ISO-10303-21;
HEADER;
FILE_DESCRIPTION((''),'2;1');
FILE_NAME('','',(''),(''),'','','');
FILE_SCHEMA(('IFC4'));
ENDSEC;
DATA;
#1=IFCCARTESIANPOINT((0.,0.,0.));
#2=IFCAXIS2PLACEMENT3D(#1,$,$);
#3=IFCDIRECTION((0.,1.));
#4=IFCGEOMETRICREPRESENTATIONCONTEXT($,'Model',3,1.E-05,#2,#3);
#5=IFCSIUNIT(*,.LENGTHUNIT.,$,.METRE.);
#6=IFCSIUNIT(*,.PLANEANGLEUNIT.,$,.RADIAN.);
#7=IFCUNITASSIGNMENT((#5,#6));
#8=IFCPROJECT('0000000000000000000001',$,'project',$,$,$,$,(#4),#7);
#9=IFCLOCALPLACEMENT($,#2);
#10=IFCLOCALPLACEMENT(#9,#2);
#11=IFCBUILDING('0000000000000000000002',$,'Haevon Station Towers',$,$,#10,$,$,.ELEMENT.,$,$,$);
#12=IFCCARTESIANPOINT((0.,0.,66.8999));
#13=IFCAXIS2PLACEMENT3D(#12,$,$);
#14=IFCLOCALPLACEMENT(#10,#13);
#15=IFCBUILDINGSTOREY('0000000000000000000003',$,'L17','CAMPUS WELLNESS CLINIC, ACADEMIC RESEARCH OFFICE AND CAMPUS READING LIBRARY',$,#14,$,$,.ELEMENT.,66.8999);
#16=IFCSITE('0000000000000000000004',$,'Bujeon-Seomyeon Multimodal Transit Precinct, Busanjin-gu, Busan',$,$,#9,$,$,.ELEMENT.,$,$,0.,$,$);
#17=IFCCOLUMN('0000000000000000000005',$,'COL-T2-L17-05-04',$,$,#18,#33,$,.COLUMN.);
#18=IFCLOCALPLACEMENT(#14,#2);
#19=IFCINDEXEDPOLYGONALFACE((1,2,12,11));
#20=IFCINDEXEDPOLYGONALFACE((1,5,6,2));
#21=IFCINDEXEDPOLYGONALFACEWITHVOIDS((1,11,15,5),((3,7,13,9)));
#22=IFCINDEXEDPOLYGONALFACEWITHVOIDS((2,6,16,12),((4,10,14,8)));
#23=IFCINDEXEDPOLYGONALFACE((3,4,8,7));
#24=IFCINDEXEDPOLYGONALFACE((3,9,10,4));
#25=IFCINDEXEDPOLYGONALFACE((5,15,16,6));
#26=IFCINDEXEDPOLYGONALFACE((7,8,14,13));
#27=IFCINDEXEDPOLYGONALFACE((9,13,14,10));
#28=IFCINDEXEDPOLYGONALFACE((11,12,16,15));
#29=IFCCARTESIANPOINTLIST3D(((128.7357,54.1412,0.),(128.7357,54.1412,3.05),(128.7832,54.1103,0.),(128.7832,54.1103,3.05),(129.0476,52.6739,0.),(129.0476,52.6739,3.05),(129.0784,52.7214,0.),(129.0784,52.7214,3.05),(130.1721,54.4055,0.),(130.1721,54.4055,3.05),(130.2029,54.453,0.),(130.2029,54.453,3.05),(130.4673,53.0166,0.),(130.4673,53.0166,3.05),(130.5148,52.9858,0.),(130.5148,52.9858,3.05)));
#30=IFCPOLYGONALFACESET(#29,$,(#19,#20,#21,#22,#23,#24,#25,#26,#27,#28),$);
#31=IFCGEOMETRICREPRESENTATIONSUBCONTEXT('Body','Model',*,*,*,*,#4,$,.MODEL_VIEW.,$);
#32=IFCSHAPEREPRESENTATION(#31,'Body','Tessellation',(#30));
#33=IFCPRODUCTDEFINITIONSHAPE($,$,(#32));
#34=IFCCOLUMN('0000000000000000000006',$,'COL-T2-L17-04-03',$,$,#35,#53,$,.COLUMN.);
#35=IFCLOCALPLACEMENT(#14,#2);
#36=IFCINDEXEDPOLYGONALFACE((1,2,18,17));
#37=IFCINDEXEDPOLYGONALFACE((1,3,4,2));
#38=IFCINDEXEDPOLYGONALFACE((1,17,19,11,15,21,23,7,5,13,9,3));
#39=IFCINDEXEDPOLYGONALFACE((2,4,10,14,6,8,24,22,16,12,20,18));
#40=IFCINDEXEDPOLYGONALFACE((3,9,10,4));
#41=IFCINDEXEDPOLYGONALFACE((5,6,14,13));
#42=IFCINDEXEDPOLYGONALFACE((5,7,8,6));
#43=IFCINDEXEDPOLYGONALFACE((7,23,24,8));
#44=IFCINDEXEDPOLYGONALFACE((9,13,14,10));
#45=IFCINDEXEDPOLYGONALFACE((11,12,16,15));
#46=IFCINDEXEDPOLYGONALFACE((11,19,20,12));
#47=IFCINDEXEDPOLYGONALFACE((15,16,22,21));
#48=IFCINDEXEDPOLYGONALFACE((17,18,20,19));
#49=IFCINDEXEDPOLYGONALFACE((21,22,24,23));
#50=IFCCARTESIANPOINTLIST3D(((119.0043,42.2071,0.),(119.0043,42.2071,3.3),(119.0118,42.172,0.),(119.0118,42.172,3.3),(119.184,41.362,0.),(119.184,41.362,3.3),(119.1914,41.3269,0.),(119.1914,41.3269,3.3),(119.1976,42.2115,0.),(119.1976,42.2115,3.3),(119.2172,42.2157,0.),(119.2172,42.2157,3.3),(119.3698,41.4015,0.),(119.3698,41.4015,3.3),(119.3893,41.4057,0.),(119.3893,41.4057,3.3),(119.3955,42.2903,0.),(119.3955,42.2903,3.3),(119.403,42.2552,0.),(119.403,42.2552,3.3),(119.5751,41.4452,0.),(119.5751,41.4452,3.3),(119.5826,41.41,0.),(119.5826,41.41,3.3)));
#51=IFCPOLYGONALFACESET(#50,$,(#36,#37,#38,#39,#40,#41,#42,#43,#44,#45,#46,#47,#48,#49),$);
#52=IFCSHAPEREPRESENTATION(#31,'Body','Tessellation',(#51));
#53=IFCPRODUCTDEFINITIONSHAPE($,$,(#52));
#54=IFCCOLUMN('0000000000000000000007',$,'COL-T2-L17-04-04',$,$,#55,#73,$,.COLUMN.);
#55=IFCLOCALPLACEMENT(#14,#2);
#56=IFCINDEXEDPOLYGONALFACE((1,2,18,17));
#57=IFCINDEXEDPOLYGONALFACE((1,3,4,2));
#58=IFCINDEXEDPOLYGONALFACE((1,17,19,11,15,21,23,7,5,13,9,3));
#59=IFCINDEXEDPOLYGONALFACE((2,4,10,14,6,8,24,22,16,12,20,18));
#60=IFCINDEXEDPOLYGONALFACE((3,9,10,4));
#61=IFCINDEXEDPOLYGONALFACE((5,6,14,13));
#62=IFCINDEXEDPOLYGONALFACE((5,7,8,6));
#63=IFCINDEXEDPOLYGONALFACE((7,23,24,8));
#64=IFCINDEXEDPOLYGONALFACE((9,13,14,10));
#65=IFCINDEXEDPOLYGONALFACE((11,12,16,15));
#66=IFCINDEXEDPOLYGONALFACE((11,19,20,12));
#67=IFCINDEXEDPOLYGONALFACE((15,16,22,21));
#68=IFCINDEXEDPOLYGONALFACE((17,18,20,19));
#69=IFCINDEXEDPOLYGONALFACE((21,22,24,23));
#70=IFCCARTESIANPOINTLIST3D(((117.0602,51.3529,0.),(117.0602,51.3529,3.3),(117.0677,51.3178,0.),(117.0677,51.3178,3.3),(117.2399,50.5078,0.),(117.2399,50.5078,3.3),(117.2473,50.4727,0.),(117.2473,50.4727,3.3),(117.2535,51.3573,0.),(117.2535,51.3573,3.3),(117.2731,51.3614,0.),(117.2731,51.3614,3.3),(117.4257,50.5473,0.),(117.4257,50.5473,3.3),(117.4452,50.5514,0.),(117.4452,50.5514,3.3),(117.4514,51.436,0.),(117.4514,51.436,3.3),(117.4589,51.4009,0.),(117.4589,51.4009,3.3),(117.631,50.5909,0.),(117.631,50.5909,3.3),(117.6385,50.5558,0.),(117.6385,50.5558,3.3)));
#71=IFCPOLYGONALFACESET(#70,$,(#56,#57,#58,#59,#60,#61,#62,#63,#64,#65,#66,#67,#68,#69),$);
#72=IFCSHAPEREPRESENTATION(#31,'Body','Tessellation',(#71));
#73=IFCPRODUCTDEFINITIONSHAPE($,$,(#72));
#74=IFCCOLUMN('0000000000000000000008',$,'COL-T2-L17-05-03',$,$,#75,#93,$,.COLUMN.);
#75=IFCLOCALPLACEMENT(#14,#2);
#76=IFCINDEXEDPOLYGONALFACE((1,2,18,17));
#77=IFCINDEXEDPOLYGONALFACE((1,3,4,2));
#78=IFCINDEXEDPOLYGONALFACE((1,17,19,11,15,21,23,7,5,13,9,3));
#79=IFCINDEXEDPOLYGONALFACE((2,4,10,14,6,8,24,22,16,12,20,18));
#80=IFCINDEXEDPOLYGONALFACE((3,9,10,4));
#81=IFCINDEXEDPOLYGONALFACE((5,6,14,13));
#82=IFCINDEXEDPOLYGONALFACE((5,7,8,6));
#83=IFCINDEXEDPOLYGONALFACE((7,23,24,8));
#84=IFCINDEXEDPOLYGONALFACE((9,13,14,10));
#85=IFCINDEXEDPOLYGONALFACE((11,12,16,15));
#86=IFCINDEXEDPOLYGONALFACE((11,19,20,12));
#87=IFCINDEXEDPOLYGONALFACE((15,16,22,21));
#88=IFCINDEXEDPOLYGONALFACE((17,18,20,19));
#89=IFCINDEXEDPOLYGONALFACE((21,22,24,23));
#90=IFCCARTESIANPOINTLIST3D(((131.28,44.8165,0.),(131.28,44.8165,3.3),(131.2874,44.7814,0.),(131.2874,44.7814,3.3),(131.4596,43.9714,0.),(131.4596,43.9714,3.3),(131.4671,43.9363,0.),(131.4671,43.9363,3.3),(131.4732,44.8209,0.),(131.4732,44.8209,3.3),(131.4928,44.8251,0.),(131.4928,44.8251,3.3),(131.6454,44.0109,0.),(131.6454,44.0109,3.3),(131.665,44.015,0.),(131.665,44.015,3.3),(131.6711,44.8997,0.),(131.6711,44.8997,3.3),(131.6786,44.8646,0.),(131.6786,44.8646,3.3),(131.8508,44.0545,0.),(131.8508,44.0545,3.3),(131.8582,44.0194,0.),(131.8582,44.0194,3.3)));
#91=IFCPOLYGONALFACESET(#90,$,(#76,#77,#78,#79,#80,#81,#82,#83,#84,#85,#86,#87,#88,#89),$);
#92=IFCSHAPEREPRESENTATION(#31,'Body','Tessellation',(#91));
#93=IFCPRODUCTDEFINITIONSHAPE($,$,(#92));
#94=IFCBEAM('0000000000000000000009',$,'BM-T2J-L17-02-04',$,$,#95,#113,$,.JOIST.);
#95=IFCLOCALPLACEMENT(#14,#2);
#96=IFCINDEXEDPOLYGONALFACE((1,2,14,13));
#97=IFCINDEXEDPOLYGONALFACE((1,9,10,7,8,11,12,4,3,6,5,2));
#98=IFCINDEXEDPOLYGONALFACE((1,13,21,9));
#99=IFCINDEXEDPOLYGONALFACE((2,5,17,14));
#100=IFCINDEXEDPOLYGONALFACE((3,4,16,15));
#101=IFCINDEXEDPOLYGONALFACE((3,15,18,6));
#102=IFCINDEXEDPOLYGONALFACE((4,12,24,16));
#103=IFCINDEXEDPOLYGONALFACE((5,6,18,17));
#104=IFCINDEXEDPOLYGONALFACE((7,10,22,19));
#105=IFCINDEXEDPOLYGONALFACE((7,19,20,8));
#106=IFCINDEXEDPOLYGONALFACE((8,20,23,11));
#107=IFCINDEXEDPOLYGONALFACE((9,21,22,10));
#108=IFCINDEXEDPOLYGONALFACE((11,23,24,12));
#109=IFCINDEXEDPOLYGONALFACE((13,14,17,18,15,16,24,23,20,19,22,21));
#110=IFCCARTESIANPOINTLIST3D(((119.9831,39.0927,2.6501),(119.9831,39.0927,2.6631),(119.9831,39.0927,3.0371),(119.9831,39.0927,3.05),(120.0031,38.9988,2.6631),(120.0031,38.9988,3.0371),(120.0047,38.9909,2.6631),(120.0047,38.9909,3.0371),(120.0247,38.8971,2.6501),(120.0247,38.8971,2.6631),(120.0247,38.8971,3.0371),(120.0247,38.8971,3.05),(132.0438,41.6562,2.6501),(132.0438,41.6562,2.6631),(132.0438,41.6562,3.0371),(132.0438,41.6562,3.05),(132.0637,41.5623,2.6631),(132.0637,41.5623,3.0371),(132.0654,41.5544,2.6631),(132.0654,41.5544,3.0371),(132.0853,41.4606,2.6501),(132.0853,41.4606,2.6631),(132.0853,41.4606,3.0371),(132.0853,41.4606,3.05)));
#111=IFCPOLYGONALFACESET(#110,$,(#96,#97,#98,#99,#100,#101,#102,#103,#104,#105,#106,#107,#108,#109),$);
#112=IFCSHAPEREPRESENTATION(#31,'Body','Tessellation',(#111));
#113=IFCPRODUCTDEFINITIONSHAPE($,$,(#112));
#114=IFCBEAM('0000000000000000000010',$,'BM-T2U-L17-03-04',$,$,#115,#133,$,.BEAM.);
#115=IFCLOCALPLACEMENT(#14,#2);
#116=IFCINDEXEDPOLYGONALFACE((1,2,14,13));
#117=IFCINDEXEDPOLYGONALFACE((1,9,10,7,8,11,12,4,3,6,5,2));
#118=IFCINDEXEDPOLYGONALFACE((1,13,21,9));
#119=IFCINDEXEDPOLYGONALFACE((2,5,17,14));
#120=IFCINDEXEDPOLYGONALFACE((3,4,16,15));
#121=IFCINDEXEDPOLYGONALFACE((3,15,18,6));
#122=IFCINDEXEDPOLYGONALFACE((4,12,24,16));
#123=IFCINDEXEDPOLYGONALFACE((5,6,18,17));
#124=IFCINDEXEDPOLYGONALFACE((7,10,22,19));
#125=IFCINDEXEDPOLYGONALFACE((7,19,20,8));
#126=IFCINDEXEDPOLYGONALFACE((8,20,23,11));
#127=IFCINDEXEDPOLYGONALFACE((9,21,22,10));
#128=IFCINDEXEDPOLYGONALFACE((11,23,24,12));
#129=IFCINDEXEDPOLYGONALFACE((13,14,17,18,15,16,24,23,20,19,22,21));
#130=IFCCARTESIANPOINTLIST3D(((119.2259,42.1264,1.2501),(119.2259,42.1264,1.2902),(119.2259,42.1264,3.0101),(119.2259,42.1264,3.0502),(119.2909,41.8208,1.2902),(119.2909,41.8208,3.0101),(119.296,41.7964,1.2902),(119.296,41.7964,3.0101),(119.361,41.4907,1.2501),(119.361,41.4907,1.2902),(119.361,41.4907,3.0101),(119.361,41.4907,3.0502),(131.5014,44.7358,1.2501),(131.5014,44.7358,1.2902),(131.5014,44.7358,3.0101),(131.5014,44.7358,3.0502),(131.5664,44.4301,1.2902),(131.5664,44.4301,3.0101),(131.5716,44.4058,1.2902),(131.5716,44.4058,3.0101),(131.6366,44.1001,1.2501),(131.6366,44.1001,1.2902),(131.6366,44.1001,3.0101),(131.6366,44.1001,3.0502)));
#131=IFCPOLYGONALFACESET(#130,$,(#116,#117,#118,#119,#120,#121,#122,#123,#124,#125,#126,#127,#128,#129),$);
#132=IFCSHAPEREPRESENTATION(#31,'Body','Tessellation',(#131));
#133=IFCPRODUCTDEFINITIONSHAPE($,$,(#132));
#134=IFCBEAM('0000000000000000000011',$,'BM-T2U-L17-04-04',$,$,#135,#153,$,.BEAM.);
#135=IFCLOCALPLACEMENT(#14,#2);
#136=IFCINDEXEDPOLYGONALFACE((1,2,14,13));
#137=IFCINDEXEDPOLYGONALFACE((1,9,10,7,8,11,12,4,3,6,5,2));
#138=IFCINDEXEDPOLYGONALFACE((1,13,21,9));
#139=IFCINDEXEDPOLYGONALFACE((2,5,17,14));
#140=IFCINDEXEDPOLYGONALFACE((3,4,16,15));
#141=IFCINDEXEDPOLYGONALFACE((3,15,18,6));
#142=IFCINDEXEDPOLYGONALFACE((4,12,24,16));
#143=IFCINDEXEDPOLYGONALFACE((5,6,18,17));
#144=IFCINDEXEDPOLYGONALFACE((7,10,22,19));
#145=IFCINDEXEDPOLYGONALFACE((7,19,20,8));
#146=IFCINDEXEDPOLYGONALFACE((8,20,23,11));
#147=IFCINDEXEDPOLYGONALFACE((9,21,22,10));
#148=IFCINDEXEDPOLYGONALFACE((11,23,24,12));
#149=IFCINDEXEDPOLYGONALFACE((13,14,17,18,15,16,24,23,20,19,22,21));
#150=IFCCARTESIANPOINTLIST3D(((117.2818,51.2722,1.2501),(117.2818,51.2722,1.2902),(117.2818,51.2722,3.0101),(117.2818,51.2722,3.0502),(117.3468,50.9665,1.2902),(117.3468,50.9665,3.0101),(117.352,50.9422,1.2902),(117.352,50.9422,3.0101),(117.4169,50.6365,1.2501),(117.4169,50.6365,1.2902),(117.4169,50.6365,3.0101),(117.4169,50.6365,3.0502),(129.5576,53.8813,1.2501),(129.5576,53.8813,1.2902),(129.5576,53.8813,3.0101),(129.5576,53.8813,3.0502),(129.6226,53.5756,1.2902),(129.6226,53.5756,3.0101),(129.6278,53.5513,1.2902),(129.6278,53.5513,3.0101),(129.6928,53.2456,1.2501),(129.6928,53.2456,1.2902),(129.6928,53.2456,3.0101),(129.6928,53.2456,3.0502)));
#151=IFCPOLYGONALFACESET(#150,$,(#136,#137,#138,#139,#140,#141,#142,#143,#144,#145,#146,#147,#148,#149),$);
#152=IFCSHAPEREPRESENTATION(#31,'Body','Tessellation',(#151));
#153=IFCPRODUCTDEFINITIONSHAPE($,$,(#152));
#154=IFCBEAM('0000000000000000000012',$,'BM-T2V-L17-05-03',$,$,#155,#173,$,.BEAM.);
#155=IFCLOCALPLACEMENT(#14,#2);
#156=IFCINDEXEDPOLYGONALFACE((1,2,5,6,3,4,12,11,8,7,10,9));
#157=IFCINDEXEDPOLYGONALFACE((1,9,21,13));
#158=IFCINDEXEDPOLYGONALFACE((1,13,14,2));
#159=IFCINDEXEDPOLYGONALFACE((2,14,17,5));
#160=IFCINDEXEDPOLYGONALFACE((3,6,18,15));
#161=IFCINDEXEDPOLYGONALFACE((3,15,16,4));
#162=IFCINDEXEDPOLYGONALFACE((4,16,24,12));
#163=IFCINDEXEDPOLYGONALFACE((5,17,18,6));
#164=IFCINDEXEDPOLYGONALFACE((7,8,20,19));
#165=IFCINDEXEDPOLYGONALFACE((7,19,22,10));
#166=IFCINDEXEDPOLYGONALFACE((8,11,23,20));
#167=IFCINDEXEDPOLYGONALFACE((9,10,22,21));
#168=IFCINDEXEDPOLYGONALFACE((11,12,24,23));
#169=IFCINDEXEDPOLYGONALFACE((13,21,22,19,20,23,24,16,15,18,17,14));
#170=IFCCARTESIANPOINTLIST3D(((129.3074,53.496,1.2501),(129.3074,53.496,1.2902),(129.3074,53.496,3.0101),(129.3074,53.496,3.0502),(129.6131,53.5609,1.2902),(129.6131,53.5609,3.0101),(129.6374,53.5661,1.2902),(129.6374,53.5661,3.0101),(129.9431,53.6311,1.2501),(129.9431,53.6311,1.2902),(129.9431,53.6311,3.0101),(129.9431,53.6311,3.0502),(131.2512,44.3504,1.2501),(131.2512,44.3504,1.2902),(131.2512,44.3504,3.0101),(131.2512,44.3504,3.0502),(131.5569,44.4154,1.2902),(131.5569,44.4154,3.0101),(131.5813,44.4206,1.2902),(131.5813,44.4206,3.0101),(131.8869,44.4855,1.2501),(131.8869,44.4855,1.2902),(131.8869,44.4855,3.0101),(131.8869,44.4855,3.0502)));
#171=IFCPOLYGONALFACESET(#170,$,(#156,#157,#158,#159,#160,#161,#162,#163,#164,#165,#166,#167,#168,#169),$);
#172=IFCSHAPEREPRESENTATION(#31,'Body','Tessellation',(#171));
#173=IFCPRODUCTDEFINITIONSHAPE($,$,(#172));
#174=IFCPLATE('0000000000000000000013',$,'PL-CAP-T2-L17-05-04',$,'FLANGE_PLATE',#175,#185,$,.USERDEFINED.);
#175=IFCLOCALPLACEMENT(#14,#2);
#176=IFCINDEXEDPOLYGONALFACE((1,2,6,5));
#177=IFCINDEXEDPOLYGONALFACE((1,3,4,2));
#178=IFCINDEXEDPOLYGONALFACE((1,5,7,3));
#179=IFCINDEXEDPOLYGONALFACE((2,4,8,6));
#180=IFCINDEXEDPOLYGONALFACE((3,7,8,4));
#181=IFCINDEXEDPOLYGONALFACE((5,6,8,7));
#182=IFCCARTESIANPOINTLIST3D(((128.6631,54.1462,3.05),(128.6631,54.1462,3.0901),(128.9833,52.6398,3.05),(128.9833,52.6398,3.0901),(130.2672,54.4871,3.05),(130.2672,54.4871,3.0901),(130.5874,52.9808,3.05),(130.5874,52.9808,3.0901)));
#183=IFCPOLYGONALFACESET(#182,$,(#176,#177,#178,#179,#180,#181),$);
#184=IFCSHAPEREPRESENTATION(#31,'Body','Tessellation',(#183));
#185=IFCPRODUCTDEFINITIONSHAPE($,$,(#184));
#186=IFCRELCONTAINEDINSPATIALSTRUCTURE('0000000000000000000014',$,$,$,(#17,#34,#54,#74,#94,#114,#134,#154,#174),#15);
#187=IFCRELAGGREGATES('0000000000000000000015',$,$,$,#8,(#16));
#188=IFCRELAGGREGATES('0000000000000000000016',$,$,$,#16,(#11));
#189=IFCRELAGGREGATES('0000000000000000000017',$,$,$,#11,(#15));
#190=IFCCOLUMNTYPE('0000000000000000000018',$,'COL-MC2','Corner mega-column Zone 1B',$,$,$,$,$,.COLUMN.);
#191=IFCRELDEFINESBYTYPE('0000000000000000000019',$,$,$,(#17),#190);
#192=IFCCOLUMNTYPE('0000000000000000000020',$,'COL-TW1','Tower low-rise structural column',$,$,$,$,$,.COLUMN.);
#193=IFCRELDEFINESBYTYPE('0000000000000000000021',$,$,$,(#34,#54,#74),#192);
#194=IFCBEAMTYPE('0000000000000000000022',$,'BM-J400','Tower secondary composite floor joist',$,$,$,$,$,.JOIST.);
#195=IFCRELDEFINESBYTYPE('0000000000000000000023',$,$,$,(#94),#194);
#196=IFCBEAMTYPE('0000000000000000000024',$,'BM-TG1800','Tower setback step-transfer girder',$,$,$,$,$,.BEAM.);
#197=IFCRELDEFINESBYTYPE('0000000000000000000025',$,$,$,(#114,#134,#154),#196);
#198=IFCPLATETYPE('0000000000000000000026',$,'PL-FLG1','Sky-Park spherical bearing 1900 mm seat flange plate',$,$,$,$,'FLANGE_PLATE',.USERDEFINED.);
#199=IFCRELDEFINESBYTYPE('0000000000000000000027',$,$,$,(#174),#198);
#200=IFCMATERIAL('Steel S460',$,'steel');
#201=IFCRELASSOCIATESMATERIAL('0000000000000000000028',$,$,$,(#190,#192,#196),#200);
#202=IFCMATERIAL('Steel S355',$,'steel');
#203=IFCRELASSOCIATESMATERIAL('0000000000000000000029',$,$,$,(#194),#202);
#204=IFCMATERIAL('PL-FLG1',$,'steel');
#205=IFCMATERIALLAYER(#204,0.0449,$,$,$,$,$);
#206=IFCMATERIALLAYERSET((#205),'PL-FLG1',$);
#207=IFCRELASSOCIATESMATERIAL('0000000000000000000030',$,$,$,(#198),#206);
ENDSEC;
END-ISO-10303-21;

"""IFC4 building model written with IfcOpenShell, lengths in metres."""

from ifc_helpers import new_model, si_unit, direction, frame, origin, origin_2d, place, context, subcontext, project, spatial, rectangle, hollow_rectangle, i_section, extrude, material, layer, layer_set, material_profile, profile_set, type_object, element, save


model = new_model("IFC4")

# Units and contexts
model_context = context("Model", 3, precision=1e-05, world=origin(), true_north=direction((0.0, 1.0)))
body_context = subcontext(model_context, "Body", "Model", "MODEL_VIEW")
ifc_project = project(units=[si_unit("LENGTHUNIT", "METRE"), si_unit("PLANEANGLEUNIT", "RADIAN")], contexts=[model_context])

# Site, building, storey
site_placement = place(None, origin())
site = spatial("IfcSite", under=ifc_project, at=site_placement, Name="Bujeon-Seomyeon Multimodal Transit Precinct, Busanjin-gu, Busan", CompositionType="ELEMENT", RefElevation=0.0)
building_placement = place(site_placement, origin())
building = spatial("IfcBuilding", under=site, at=building_placement, Name="Haevon Station Towers", CompositionType="ELEMENT")
storey_placement = place(building_placement, frame((0.0, 0.0, 66.8999)))
storey = spatial("IfcBuildingStorey", under=building, at=storey_placement, Name="L17", Description="CAMPUS WELLNESS CLINIC, ACADEMIC RESEARCH OFFICE AND CAMPUS READING LIBRARY", CompositionType="ELEMENT", Elevation=66.8999)

# Columns
ifc_material_1 = material(Name="Steel S460", Category="steel")
ifc_material_profile_1 = material_profile(ifc_material_1, hollow_rectangle(XDim=1.5, YDim=1.5, WallThickness=0.04, at=origin_2d()), Name="BOX-1500x1500x40")
ifc_profile_set_1 = profile_set([ifc_material_profile_1], Name="Steel S460")
column_type_1 = type_object("IfcColumnType", Name="COL-MC2", Description="Corner mega-column Zone 1B", PredefinedType="COLUMN", material=ifc_profile_set_1)
column_placement = place(storey_placement, frame((129.6252, 53.5635, 0.0), z_axis=(0.0, 0.0, 1.0), x_axis=(0.978148, 0.207912, 0.0)))
element("IfcColumn", 1, at=column_placement, inside=storey, type_object=column_type_1, Name="COL-T2-L17-05-04", PredefinedType="COLUMN", context=body_context, shape_type="SweptSolid", body=[
    extrude(hollow_rectangle(XDim=1.5, YDim=1.5, WallThickness=0.04, at=origin_2d()), origin(), (0.0, 0.0, 1.0), 3.05),
])
ifc_material_profile_2 = material_profile(ifc_material_1, i_section(OverallWidth=0.3999, OverallDepth=0.8999, WebThickness=0.02, FlangeThickness=0.0359, at=origin_2d()), Name="H-900x400x20x36")
ifc_profile_set_2 = profile_set([ifc_material_profile_2], Name="Steel S460")
column_type_2 = type_object("IfcColumnType", Name="COL-TW1", Description="Tower low-rise structural column", PredefinedType="COLUMN", material=ifc_profile_set_2)
for number, where, z_axis, x_axis, name in (
    (2, (119.2935, 41.8086, 0.0), (0.0, 0.0, 1.0), (0.978148, 0.207912, 0.0), "COL-T2-L17-04-03"),
    (3, (117.3494, 50.9543, 0.0), (0.0, 0.0, 1.0), (0.978148, 0.207912, 0.0), "COL-T2-L17-04-04"),
    (4, (131.5691, 44.418, 0.0), (0.0, 0.0, 1.0), (0.978148, 0.207912, 0.0), "COL-T2-L17-05-03"),
):
    element("IfcColumn", number, at=place(storey_placement, frame(where, z_axis=z_axis, x_axis=x_axis)), inside=storey, type_object=column_type_2, Name=name, PredefinedType="COLUMN", context=body_context, shape_type="SweptSolid", body=[
        extrude(i_section(OverallWidth=0.3999, OverallDepth=0.8999, WebThickness=0.02, FlangeThickness=0.0359, at=origin_2d()), origin(), (0.0, 0.0, 1.0), 3.3),
    ])

# Beams
ifc_material_2 = material(Name="Steel S355", Category="steel")
ifc_material_profile_3 = material_profile(ifc_material_2, i_section(OverallWidth=0.2, OverallDepth=0.3999, WebThickness=0.0081, FlangeThickness=0.0129, at=origin_2d()), Name="H-400x200x8x13")
ifc_profile_set_3 = profile_set([ifc_material_profile_3], Name="Steel S355")
beam_type_1 = type_object("IfcBeamType", Name="BM-J400", Description="Tower secondary composite floor joist", PredefinedType="JOIST", material=ifc_profile_set_3)
beam_1_placement = place(storey_placement, frame((120.0039, 38.9949, 2.8501), z_axis=(0.978149, 0.207906, 0.0), x_axis=(-0.207906, 0.978149, 0.0)))
element("IfcBeam", 5, at=beam_1_placement, inside=storey, type_object=beam_type_1, Name="BM-T2J-L17-02-04", PredefinedType="JOIST", context=body_context, shape_type="SweptSolid", body=[
    extrude(i_section(OverallWidth=0.2, OverallDepth=0.3999, WebThickness=0.0081, FlangeThickness=0.0129, at=origin_2d()), origin(), (0.0, 0.0, 1.0), 12.3301),
])
ifc_material_profile_4 = material_profile(ifc_material_1, i_section(OverallWidth=0.6499, OverallDepth=1.8, WebThickness=0.0249, FlangeThickness=0.04, at=origin_2d()), Name="H-1800x650x25x40")
ifc_profile_set_4 = profile_set([ifc_material_profile_4], Name="Steel S460")
beam_type_2 = type_object("IfcBeamType", Name="BM-TG1800", Description="Tower setback step-transfer girder", PredefinedType="BEAM", material=ifc_profile_set_4)
beam_2_placement = place(storey_placement, frame((119.2935, 41.8086, 2.1501), z_axis=(0.978146, 0.20792, 0.0), x_axis=(-0.20792, 0.978146, 0.0)))
element("IfcBeam", 6, at=beam_2_placement, inside=storey, type_object=beam_type_2, Name="BM-T2U-L17-03-04", PredefinedType="BEAM", context=body_context, shape_type="SweptSolid", body=[
    extrude(i_section(OverallWidth=0.6499, OverallDepth=1.8, WebThickness=0.0249, FlangeThickness=0.04, at=origin_2d()), origin(), (0.0, 0.0, 1.0), 12.5498),
])
beam_3_placement = place(storey_placement, frame((117.3494, 50.9543, 2.1501), z_axis=(0.978151, 0.207897, 0.0), x_axis=(-0.207897, 0.978151, 0.0)))
element("IfcBeam", 7, at=beam_3_placement, inside=storey, type_object=beam_type_2, Name="BM-T2U-L17-04-04", PredefinedType="BEAM", context=body_context, shape_type="SweptSolid", body=[
    extrude(i_section(OverallWidth=0.6499, OverallDepth=1.8, WebThickness=0.0249, FlangeThickness=0.04, at=origin_2d()), origin(), (0.0, 0.0, 1.0), 12.55),
])
beam_4_placement = place(storey_placement, frame((131.5691, 44.418, 2.1501), z_axis=(-0.207902, 0.97815, 0.0), x_axis=(-0.97815, -0.207902, 0.0)))
element("IfcBeam", 8, at=beam_4_placement, inside=storey, type_object=beam_type_2, Name="BM-T2V-L17-05-03", PredefinedType="BEAM", context=body_context, shape_type="SweptSolid", body=[
    extrude(i_section(OverallWidth=0.6499, OverallDepth=1.8, WebThickness=0.0249, FlangeThickness=0.04, at=origin_2d()), origin(), (0.0, 0.0, 1.0), 9.3499),
])

# Plate
ifc_material_3 = material(Name="PL-FLG1", Category="steel")
ifc_layer_1 = layer(ifc_material_3, 0.0449)
ifc_layer_set_1 = layer_set([ifc_layer_1], Name="PL-FLG1")
plate_type_1 = type_object("IfcPlateType", Name="PL-FLG1", Description="Sky-Park spherical bearing 1900 mm seat flange plate", ElementType="FLANGE_PLATE", PredefinedType="USERDEFINED", material=ifc_layer_set_1)
plate_1_placement = place(storey_placement, frame((129.6252, 53.5635, 3.05), z_axis=(0.0, 0.0, 1.0), x_axis=(0.978148, 0.207912, 0.0)))
element("IfcPlate", 9, at=plate_1_placement, inside=storey, type_object=plate_type_1, Name="PL-CAP-T2-L17-05-04", ObjectType="FLANGE_PLATE", PredefinedType="USERDEFINED", context=body_context, shape_type="SweptSolid", body=[
    extrude(rectangle(XDim=1.6399, YDim=1.54, at=origin_2d()), origin(), (0.0, 0.0, 1.0), 0.04),
])

save(model, "model.ifc")
